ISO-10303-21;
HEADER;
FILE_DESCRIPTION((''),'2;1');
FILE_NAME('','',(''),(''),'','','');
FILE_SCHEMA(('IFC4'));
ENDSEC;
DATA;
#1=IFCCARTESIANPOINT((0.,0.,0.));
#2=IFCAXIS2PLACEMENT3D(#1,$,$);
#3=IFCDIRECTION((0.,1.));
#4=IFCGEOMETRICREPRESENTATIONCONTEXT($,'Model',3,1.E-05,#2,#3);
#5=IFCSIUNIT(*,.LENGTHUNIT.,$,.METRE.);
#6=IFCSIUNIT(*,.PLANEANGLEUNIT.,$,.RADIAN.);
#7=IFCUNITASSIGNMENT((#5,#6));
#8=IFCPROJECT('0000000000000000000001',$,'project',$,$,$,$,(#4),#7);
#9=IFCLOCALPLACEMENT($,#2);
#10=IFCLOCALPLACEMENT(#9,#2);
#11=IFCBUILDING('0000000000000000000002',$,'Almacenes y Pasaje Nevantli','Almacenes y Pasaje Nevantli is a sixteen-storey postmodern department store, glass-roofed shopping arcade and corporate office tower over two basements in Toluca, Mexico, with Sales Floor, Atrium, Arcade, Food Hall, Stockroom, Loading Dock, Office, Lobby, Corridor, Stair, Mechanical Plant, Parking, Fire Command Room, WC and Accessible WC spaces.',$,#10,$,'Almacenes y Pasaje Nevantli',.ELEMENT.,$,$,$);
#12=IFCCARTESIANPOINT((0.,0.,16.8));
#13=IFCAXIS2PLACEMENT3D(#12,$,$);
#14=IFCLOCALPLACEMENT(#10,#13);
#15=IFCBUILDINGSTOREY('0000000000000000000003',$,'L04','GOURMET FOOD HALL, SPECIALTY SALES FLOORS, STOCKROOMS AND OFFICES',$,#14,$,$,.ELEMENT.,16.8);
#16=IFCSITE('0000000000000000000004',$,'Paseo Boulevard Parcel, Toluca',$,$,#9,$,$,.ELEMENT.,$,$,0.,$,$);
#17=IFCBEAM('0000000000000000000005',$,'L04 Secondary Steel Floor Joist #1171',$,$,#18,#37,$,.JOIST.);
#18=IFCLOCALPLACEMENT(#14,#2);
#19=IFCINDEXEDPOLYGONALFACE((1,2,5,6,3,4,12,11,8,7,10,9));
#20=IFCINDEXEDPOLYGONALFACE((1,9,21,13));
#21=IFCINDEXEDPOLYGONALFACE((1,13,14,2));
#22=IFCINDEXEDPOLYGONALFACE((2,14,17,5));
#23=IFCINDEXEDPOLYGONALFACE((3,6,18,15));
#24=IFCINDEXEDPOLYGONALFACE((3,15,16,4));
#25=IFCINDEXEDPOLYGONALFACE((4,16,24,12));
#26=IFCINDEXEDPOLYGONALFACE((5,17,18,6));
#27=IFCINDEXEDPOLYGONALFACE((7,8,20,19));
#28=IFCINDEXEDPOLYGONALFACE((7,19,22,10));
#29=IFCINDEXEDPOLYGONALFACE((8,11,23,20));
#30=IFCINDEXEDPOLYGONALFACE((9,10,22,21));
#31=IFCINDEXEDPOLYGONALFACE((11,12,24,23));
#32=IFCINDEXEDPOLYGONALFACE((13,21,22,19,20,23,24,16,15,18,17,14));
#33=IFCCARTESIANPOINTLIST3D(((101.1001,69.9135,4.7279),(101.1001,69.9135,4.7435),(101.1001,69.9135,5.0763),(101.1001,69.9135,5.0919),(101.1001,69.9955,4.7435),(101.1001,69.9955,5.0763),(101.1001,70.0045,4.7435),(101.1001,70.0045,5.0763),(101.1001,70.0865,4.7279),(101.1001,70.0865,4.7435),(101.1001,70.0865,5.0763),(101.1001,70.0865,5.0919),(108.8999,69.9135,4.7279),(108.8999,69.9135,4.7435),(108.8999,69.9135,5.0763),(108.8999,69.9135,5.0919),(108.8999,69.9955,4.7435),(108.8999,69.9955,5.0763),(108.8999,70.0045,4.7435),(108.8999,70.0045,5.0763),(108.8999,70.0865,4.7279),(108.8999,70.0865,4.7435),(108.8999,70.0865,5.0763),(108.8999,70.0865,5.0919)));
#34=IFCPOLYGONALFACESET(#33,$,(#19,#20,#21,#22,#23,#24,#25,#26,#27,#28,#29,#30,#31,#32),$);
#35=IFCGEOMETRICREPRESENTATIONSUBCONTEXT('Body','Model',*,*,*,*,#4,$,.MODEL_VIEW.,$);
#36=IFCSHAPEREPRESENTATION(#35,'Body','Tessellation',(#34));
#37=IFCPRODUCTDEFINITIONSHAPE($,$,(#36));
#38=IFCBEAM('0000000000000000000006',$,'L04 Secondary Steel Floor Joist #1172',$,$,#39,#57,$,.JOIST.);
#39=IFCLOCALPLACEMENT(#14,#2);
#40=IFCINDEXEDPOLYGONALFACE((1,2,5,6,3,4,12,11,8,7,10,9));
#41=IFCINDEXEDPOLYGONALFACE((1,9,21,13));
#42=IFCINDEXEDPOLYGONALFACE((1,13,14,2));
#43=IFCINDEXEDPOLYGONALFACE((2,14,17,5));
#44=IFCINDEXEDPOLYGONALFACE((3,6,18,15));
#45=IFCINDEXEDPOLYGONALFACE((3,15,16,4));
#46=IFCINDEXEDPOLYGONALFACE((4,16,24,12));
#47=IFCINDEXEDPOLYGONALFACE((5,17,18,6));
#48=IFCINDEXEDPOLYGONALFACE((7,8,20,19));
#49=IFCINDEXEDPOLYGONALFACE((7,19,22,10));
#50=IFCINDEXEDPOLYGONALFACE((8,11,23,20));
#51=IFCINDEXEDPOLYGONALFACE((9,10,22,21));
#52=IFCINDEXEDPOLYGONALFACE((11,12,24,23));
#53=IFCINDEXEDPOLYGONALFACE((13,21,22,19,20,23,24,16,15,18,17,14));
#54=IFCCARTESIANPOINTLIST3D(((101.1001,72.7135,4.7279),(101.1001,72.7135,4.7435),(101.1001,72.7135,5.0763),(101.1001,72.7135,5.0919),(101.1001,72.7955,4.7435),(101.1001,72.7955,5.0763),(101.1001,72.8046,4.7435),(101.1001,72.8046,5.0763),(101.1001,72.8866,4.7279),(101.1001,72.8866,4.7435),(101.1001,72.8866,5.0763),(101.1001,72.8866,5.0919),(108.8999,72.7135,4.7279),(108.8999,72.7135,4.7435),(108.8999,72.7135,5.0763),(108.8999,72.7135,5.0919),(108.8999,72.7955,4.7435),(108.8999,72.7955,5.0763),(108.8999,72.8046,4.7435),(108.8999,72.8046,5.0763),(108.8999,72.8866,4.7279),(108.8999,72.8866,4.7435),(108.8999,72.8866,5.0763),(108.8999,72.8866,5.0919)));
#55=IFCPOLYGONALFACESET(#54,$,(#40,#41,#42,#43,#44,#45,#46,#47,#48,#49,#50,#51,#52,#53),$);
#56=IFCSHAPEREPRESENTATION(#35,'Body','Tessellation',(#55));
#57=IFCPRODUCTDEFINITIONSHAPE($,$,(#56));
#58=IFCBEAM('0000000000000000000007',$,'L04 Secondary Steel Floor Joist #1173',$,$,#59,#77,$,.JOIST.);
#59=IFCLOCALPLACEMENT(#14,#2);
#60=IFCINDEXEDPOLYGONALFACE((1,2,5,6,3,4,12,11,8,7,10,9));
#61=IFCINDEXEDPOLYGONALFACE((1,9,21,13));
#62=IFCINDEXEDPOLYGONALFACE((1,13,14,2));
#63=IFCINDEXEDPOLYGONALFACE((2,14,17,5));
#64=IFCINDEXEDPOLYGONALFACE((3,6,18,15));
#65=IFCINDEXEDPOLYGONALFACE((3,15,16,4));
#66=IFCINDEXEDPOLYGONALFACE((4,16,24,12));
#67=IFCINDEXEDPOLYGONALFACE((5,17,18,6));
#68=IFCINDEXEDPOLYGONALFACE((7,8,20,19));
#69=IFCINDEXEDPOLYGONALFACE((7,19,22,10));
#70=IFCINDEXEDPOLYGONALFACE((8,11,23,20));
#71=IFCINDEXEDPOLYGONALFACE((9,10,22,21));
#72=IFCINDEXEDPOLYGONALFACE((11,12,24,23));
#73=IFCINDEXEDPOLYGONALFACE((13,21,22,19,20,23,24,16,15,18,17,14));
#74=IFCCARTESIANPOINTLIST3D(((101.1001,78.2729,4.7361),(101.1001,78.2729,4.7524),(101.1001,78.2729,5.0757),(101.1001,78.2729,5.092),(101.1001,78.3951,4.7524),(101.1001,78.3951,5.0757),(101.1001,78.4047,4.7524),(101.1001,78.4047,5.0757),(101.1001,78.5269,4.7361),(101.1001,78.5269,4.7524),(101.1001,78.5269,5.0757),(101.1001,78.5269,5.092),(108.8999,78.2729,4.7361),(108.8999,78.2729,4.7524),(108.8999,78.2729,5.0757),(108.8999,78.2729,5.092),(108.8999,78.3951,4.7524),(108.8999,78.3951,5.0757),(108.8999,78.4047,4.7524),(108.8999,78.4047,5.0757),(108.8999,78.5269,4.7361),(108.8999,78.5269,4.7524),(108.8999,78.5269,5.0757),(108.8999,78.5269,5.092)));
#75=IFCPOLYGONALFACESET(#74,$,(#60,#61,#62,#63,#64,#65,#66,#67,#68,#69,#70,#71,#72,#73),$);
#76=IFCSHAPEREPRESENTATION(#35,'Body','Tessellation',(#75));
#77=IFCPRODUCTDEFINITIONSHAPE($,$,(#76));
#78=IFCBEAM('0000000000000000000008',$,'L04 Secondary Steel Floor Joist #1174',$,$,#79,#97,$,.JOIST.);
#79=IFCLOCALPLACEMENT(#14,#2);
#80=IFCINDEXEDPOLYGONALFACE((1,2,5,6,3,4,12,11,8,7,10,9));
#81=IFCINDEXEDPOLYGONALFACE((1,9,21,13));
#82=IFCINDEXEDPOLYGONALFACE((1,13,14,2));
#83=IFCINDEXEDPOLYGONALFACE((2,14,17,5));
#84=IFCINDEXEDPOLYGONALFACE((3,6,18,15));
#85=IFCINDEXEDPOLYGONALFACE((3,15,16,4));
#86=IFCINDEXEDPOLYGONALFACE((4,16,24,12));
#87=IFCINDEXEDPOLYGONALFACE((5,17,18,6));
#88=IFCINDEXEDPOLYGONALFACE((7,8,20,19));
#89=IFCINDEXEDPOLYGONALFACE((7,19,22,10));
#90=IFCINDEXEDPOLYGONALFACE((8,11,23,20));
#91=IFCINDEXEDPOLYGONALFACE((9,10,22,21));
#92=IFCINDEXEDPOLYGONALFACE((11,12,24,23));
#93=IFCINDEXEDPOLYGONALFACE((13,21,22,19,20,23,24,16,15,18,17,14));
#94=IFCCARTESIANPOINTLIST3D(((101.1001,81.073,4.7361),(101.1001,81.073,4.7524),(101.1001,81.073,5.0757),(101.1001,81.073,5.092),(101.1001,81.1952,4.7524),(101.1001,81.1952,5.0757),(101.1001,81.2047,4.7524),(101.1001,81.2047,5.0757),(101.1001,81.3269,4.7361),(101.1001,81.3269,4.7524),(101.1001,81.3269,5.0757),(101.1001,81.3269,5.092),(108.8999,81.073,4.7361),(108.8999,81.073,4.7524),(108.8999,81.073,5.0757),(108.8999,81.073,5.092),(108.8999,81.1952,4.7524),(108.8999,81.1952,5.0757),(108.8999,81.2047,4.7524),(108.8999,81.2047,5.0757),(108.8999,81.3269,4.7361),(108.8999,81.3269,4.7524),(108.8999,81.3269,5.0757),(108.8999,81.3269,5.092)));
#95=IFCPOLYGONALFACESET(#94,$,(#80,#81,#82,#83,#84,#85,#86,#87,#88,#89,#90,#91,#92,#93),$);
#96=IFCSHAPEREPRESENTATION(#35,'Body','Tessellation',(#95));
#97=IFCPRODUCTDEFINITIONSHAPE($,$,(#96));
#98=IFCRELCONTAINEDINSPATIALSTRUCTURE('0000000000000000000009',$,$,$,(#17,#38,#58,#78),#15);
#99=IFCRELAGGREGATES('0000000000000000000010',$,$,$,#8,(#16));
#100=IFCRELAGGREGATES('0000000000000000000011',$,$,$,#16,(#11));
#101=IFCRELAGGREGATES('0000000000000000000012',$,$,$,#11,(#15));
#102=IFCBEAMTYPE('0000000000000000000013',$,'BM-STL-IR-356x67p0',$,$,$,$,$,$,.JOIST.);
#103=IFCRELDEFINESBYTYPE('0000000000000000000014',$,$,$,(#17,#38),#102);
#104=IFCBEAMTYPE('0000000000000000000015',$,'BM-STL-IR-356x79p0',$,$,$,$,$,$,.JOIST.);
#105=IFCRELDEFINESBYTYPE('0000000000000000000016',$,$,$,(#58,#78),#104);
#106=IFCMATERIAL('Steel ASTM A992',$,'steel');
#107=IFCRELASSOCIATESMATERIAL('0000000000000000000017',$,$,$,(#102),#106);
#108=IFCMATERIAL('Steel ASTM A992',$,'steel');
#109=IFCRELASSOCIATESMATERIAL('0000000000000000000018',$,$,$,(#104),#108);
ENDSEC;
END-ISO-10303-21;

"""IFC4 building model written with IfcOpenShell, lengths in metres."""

from ifc_helpers import new_model, si_unit, direction, frame, origin, origin_2d, place, context, subcontext, project, spatial, i_section, extrude, material, material_profile, profile_set, type_object, element, save


model = new_model("IFC4")

# Units and contexts
model_context = context("Model", 3, precision=1e-05, world=origin(), true_north=direction((0.0, 1.0)))
body_context = subcontext(model_context, "Body", "Model", "MODEL_VIEW")
ifc_project = project(units=[si_unit("LENGTHUNIT", "METRE"), si_unit("PLANEANGLEUNIT", "RADIAN")], contexts=[model_context])

# Site, building, storey
site_placement = place(None, origin())
site = spatial("IfcSite", under=ifc_project, at=site_placement, Name="Paseo Boulevard Parcel, Toluca", CompositionType="ELEMENT", RefElevation=0.0)
building_placement = place(site_placement, origin())
building = spatial("IfcBuilding", under=site, at=building_placement, Name="Almacenes y Pasaje Nevantli", Description="Almacenes y Pasaje Nevantli is a sixteen-storey postmodern department store, glass-roofed shopping arcade and corporate office tower over two basements in Toluca, Mexico, with Sales Floor, Atrium, Arcade, Food Hall, Stockroom, Loading Dock, Office, Lobby, Corridor, Stair, Mechanical Plant, Parking, Fire Command Room, WC and Accessible WC spaces.", LongName="Almacenes y Pasaje Nevantli", CompositionType="ELEMENT")
storey_placement = place(building_placement, frame((0.0, 0.0, 16.8)))
storey = spatial("IfcBuildingStorey", under=building, at=storey_placement, Name="L04", Description="GOURMET FOOD HALL, SPECIALTY SALES FLOORS, STOCKROOMS AND OFFICES", CompositionType="ELEMENT", Elevation=16.8)

# Beams
ifc_material_1 = material(Name="Steel ASTM A992", Category="steel")
ifc_material_profile_1 = material_profile(ifc_material_1, i_section(OverallWidth=0.1731, OverallDepth=0.364, WebThickness=0.009, FlangeThickness=0.0156, at=origin_2d()), Name="IR 356x67.0")
ifc_profile_set_1 = profile_set([ifc_material_profile_1], Name="Steel ASTM A992")
beam_type_1 = type_object("IfcBeamType", Name="BM-STL-IR-356x67p0", PredefinedType="JOIST", material=ifc_profile_set_1)
for number, where, z_axis, x_axis, name in (
    (1, (101.1001, 70.0, 4.9099), (1.0, 0.0, 0.0), (0.0, 1.0, 0.0), "L04 Secondary Steel Floor Joist #1171"),
    (2, (101.1001, 72.8, 4.9099), (1.0, 0.0, 0.0), (0.0, 1.0, 0.0), "L04 Secondary Steel Floor Joist #1172"),
):
    element("IfcBeam", number, at=place(storey_placement, frame(where, z_axis=z_axis, x_axis=x_axis)), inside=storey, type_object=beam_type_1, Name=name, PredefinedType="JOIST", context=body_context, shape_type="SweptSolid", body=[
        extrude(i_section(OverallWidth=0.1731, OverallDepth=0.364, WebThickness=0.009, FlangeThickness=0.0156, at=origin_2d()), origin(), (0.0, 0.0, 1.0), 7.7998),
    ])
ifc_material_2 = material(Name="Steel ASTM A992", Category="steel")
ifc_material_profile_2 = material_profile(ifc_material_2, i_section(OverallWidth=0.2539, OverallDepth=0.356, WebThickness=0.0095, FlangeThickness=0.0164, at=origin_2d()), Name="IR 356x79.0")
ifc_profile_set_2 = profile_set([ifc_material_profile_2], Name="Steel ASTM A992")
beam_type_2 = type_object("IfcBeamType", Name="BM-STL-IR-356x79p0", PredefinedType="JOIST", material=ifc_profile_set_2)
for number, where, z_axis, x_axis, name in (
    (3, (101.1001, 78.3999, 4.9141), (1.0, 0.0, 0.0), (0.0, 1.0, 0.0), "L04 Secondary Steel Floor Joist #1173"),
    (4, (101.1001, 81.2, 4.9141), (1.0, 0.0, 0.0), (0.0, 1.0, 0.0), "L04 Secondary Steel Floor Joist #1174"),
):
    element("IfcBeam", number, at=place(storey_placement, frame(where, z_axis=z_axis, x_axis=x_axis)), inside=storey, type_object=beam_type_2, Name=name, PredefinedType="JOIST", context=body_context, shape_type="SweptSolid", body=[
        extrude(i_section(OverallWidth=0.2539, OverallDepth=0.356, WebThickness=0.0095, FlangeThickness=0.0164, at=origin_2d()), origin(), (0.0, 0.0, 1.0), 7.7998),
    ])

save(model, "model.ifc")
